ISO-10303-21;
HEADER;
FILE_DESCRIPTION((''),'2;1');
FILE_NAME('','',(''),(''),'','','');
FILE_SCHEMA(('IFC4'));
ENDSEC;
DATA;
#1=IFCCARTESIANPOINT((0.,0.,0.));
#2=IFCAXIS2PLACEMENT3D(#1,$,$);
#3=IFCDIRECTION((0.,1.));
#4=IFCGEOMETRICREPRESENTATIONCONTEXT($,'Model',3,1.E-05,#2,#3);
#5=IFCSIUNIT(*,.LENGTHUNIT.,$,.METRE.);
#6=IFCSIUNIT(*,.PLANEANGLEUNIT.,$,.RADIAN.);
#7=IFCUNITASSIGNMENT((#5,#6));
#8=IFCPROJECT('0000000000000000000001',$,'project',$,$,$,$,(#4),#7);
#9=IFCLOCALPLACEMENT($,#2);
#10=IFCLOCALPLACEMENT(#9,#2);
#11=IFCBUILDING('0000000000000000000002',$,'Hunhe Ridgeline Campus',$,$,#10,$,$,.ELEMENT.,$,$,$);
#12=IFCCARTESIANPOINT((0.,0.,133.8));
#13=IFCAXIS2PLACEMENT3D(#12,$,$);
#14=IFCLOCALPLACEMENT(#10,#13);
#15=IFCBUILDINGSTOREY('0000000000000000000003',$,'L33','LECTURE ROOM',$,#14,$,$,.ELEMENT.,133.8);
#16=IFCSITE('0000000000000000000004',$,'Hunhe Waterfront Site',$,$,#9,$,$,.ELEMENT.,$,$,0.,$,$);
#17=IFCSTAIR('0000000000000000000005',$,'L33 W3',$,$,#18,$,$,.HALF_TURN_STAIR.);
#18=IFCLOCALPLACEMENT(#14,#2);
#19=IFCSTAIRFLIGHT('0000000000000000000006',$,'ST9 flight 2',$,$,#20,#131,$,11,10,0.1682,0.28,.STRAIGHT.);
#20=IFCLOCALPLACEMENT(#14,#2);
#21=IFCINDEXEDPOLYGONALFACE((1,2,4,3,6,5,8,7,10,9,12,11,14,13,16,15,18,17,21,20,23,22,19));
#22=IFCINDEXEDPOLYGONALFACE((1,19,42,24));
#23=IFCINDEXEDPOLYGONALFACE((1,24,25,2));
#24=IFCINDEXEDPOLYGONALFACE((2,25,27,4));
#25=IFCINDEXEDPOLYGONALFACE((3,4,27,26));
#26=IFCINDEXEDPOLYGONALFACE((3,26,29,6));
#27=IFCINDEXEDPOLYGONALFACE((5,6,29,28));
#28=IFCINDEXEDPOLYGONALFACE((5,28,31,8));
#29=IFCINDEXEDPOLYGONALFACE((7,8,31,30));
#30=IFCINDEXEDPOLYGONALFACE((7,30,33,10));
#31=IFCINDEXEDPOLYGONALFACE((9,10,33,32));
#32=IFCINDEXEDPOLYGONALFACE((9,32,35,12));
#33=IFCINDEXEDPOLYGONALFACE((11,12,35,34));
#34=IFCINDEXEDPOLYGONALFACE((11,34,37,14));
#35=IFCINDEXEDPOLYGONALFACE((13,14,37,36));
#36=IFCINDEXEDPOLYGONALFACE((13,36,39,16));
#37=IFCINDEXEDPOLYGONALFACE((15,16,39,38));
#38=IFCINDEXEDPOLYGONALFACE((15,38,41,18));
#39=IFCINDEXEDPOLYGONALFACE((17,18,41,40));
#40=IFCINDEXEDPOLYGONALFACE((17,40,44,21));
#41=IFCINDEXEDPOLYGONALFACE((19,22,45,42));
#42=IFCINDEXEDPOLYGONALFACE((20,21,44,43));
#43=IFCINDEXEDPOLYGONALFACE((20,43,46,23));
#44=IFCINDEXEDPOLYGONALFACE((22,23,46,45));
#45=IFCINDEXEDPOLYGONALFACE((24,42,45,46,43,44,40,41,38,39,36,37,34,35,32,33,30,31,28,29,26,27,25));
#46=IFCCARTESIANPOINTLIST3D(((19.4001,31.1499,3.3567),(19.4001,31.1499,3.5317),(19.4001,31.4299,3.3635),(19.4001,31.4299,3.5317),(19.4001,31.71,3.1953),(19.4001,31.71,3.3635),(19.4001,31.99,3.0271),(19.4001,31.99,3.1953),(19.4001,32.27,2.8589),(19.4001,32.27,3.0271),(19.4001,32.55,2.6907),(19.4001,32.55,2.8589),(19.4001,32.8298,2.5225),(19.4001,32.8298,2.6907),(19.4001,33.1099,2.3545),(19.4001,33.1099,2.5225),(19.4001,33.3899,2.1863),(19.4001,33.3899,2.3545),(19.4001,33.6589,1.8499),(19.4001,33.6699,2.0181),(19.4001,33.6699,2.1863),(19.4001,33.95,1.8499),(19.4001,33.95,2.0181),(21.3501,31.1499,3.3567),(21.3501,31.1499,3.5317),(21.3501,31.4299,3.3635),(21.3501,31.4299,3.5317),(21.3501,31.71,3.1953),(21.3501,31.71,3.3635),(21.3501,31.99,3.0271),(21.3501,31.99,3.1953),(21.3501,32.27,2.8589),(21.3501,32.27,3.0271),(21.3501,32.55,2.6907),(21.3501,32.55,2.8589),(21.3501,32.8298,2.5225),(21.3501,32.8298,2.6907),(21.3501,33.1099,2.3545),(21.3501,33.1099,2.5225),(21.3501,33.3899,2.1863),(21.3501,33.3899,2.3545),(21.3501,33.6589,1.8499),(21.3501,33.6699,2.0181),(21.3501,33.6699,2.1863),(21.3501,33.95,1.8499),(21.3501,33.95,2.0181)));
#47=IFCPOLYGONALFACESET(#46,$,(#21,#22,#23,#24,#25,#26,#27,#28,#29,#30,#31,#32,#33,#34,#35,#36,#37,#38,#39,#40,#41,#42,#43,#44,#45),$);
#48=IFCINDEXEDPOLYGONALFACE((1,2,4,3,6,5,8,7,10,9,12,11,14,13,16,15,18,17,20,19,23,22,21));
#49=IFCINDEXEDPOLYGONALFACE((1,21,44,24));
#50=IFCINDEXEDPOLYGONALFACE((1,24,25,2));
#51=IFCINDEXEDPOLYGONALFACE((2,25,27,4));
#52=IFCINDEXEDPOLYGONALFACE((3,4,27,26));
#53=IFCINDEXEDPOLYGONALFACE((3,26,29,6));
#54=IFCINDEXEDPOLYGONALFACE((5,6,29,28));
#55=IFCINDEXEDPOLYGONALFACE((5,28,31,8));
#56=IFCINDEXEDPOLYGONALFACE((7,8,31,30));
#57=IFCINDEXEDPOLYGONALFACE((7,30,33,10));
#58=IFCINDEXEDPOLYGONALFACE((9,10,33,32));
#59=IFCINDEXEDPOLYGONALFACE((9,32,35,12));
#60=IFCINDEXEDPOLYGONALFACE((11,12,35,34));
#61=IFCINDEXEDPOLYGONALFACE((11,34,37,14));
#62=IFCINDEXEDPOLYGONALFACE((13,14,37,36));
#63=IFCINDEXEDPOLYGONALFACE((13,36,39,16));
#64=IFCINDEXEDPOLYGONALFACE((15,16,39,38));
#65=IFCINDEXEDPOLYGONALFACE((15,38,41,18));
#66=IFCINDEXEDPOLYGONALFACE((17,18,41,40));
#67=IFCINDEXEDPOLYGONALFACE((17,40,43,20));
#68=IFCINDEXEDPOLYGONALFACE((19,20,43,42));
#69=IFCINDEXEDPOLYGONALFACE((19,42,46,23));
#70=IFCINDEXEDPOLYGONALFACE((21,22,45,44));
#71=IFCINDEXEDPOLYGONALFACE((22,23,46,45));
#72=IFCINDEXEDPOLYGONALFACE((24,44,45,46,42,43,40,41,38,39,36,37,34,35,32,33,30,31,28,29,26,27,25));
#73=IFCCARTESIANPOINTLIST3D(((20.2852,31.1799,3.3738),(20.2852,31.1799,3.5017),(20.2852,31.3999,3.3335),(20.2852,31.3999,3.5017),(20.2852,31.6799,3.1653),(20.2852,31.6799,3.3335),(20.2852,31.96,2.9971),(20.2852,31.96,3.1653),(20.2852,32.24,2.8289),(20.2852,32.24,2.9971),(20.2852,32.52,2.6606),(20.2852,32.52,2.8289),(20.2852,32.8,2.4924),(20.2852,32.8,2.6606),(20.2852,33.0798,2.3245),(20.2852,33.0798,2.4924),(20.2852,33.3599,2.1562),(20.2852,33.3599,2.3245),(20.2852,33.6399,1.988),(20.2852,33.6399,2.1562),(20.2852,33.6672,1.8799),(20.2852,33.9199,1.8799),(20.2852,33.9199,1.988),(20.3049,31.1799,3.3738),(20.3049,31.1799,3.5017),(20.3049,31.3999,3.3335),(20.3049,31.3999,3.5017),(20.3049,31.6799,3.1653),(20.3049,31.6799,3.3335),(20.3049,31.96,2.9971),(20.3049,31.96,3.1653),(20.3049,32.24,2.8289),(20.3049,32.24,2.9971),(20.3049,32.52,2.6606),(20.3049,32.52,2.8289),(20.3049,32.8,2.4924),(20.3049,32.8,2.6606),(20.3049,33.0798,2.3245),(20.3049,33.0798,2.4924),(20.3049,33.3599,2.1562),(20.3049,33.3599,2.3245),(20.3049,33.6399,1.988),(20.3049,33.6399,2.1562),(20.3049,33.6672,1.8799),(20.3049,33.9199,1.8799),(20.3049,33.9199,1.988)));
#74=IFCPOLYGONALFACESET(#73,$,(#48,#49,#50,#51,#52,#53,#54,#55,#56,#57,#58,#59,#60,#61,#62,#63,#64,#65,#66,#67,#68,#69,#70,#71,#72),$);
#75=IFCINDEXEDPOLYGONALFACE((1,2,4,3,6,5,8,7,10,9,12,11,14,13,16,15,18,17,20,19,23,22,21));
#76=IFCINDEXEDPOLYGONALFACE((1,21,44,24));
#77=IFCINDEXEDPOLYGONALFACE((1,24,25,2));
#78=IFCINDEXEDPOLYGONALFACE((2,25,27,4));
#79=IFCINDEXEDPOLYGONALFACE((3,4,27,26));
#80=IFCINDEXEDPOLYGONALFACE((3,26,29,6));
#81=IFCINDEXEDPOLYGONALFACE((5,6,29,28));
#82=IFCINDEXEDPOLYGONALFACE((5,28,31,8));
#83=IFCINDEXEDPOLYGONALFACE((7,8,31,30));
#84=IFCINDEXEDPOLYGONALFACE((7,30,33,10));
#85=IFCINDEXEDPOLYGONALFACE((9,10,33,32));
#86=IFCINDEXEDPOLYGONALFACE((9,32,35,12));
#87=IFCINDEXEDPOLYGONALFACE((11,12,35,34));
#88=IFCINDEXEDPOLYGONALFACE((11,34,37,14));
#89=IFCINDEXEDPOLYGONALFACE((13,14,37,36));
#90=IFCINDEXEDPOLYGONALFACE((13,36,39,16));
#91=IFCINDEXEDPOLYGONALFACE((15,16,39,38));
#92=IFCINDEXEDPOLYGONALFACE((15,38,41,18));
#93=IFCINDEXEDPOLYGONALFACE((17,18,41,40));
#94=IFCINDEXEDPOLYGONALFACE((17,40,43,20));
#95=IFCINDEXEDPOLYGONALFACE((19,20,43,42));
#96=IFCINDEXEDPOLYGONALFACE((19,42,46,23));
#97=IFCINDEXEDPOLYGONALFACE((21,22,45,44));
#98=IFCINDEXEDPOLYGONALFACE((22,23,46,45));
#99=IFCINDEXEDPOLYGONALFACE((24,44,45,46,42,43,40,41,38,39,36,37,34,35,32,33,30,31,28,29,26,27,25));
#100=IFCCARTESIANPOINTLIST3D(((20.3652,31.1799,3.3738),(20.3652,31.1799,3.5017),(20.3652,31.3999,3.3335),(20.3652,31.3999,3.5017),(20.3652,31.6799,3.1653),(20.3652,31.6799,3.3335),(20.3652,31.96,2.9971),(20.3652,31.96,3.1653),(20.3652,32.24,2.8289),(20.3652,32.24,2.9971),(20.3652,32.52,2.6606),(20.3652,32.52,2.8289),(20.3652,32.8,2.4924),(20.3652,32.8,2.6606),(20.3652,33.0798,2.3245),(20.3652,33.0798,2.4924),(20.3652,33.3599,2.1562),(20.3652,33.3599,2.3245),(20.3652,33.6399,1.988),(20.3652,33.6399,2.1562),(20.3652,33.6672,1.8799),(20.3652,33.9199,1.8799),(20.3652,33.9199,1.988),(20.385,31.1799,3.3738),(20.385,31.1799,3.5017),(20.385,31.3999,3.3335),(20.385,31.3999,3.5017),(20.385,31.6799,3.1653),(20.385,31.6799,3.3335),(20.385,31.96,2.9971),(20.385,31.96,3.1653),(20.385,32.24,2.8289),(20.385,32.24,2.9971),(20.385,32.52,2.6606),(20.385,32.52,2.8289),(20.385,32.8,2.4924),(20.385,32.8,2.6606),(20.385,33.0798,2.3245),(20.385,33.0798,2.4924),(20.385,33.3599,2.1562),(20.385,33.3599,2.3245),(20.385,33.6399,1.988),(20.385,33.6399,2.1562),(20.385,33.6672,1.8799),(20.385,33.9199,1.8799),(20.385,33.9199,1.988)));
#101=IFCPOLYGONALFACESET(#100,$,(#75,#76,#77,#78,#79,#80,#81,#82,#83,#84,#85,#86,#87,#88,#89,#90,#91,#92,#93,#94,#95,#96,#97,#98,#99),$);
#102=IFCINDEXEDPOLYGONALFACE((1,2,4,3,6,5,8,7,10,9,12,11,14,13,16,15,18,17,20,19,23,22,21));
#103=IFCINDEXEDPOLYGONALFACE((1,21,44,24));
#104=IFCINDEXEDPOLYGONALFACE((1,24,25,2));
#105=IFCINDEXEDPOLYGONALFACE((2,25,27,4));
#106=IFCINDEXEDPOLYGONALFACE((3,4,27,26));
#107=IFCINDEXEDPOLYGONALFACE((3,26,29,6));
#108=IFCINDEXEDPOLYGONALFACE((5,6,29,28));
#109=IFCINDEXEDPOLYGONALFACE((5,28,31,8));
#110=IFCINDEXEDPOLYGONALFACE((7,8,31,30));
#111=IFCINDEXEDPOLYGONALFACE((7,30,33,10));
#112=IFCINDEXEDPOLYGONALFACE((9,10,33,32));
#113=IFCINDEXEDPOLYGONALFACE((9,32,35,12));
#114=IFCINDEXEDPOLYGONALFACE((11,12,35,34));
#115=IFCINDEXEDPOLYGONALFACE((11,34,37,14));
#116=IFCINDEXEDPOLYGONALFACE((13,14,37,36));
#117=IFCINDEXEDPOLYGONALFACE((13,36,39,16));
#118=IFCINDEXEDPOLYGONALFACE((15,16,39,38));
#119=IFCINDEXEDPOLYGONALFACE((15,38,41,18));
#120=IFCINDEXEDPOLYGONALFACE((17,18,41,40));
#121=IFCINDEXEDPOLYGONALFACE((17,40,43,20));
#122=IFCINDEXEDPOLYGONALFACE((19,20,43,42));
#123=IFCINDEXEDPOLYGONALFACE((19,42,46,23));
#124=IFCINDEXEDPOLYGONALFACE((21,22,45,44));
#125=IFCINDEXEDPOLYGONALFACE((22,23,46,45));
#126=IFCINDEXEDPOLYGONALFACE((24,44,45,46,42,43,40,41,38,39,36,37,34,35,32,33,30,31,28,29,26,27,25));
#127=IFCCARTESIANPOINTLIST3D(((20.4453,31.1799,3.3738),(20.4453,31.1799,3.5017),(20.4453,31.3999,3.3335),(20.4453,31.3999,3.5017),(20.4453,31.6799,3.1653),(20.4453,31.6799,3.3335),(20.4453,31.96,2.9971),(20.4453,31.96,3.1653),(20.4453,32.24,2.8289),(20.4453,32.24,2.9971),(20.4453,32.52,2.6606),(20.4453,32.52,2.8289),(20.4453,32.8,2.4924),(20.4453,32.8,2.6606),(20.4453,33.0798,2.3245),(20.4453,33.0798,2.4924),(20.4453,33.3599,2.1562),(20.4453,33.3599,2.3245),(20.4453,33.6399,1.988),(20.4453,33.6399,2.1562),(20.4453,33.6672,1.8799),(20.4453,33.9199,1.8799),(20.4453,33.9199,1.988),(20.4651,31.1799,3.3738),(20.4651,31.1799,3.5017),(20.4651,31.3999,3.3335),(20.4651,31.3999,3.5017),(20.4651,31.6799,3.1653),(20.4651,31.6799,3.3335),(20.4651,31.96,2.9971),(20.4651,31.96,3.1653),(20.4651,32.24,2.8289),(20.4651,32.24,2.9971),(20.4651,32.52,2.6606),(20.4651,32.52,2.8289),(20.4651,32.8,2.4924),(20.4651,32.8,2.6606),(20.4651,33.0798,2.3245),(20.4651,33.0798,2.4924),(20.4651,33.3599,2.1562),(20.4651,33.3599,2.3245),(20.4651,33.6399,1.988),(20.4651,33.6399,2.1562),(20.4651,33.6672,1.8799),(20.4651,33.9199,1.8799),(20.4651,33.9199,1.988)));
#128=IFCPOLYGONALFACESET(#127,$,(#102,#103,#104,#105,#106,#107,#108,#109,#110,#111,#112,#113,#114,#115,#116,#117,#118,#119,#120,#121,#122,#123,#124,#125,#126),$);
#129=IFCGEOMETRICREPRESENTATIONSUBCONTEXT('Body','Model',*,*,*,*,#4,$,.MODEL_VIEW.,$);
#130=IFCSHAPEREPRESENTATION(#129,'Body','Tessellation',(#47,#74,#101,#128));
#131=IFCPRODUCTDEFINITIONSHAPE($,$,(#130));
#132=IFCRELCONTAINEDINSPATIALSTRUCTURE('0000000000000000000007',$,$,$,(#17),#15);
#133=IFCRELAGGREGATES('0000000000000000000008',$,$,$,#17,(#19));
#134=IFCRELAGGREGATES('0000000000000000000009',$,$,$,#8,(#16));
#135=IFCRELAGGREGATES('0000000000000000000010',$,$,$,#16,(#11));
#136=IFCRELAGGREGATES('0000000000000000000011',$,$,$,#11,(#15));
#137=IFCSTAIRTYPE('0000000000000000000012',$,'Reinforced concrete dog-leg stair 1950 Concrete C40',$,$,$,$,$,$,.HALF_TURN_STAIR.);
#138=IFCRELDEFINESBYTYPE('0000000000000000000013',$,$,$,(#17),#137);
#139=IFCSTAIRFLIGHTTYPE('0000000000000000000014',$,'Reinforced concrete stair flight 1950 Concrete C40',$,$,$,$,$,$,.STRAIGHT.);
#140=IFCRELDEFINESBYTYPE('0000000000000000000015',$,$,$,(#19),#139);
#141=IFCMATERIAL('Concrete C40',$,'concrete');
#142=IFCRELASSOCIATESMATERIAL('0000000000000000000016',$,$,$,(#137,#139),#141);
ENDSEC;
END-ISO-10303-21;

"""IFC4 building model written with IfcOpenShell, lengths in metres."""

from ifc_helpers import new_model, si_unit, direction, frame, origin, place, context, subcontext, project, spatial, polyline, outline, extrude, material, type_object, element, aggregate, save


model = new_model("IFC4")

# Units and contexts
model_context = context("Model", 3, precision=1e-05, world=origin(), true_north=direction((0.0, 1.0)))
body_context = subcontext(model_context, "Body", "Model", "MODEL_VIEW")
ifc_project = project(units=[si_unit("LENGTHUNIT", "METRE"), si_unit("PLANEANGLEUNIT", "RADIAN")], contexts=[model_context])

# Site, building, storey
site_placement = place(None, origin())
site = spatial("IfcSite", under=ifc_project, at=site_placement, Name="Hunhe Waterfront Site", CompositionType="ELEMENT", RefElevation=0.0)
building_placement = place(site_placement, origin())
building = spatial("IfcBuilding", under=site, at=building_placement, Name="Hunhe Ridgeline Campus", CompositionType="ELEMENT")
storey_placement = place(building_placement, frame((0.0, 0.0, 133.8)))
storey = spatial("IfcBuildingStorey", under=building, at=storey_placement, Name="L33", Description="LECTURE ROOM", CompositionType="ELEMENT", Elevation=133.8)

# Stair, stair flight
ifc_material_1 = material(Name="Concrete C40", Category="concrete")
stair_type = type_object("IfcStairType", Name="Reinforced concrete dog-leg stair 1950 Concrete C40", PredefinedType="HALF_TURN_STAIR", material=ifc_material_1)
stair_placement = place(storey_placement, origin())
stair = element("IfcStair", 1, at=stair_placement, inside=storey, type_object=stair_type, Name="L33 W3", PredefinedType="HALF_TURN_STAIR")
stair_flight_type = type_object("IfcStairFlightType", Name="Reinforced concrete stair flight 1950 Concrete C40", PredefinedType="STRAIGHT", material=ifc_material_1)
stair_flight_1_placement = place(storey_placement, frame((20.375, 33.95, 1.8499), z_axis=(0.0, 0.0, 1.0), x_axis=(0.0, -1.0, 0.0)))
stair_flight_1 = element("IfcStairFlight", 2, at=stair_flight_1_placement, type_object=stair_flight_type, Name="ST9 flight 2", NumberOfRisers=11, NumberOfTreads=10, PredefinedType="STRAIGHT", RiserHeight=0.1682, TreadLength=0.28, context=body_context, shape_type="SweptSolid", body=[
    extrude(outline(polyline([(0.0, 0.0), (0.0, 0.1682), (0.28, 0.1682), (0.28, 0.3364), (0.5601, 0.3364), (0.5601, 0.5046), (0.8401, 0.5046), (0.8401, 0.6726), (1.1201, 0.6726), (1.1201, 0.8408), (1.3999, 0.8408), (1.3999, 1.009), (1.6799, 1.009), (1.6799, 1.1772), (1.96, 1.1772), (1.96, 1.3455), (2.24, 1.3455), (2.24, 1.5137), (2.52, 1.5137), (2.52, 1.6819), (2.8, 1.6819), (2.8, 1.8501), (2.8, 1.5068), (0.291, 0.0), (0.0, 0.0)])), frame((0.0, 0.9751, 0.0), z_axis=(0.0, -1.0, 0.0), x_axis=(1.0, 0.0, 0.0)), (0.0, 0.0, 1.0), 1.95),
    extrude(outline(polyline([(0.03, 0.03), (0.03, 0.1382), (0.3101, 0.1382), (0.3101, 0.3064), (0.5901, 0.3064), (0.5901, 0.4746), (0.8701, 0.4746), (0.8701, 0.6426), (1.1499, 0.6426), (1.1499, 0.8108), (1.4299, 0.8108), (1.4299, 0.979), (1.71, 0.979), (1.71, 1.1472), (1.99, 1.1472), (1.99, 1.3154), (2.27, 1.3154), (2.27, 1.4836), (2.55, 1.4836), (2.55, 1.6519), (2.77, 1.6519), (2.77, 1.5239), (0.2827, 0.03), (0.03, 0.03)])), frame((0.0, -0.0701, 0.0), z_axis=(0.0, -1.0, 0.0), x_axis=(1.0, 0.0, 0.0)), (0.0, 0.0, 1.0), 0.0198),
    extrude(outline(polyline([(0.03, 0.03), (0.03, 0.1382), (0.3101, 0.1382), (0.3101, 0.3064), (0.5901, 0.3064), (0.5901, 0.4746), (0.8701, 0.4746), (0.8701, 0.6426), (1.1499, 0.6426), (1.1499, 0.8108), (1.4299, 0.8108), (1.4299, 0.979), (1.71, 0.979), (1.71, 1.1472), (1.99, 1.1472), (1.99, 1.3154), (2.27, 1.3154), (2.27, 1.4836), (2.55, 1.4836), (2.55, 1.6519), (2.77, 1.6519), (2.77, 1.5239), (0.2827, 0.03), (0.03, 0.03)])), frame((0.0, 0.01, 0.0), z_axis=(0.0, -1.0, 0.0), x_axis=(1.0, 0.0, 0.0)), (0.0, 0.0, 1.0), 0.0198),
    extrude(outline(polyline([(0.03, 0.03), (0.03, 0.1382), (0.3101, 0.1382), (0.3101, 0.3064), (0.5901, 0.3064), (0.5901, 0.4746), (0.8701, 0.4746), (0.8701, 0.6426), (1.1499, 0.6426), (1.1499, 0.8108), (1.4299, 0.8108), (1.4299, 0.979), (1.71, 0.979), (1.71, 1.1472), (1.99, 1.1472), (1.99, 1.3154), (2.27, 1.3154), (2.27, 1.4836), (2.55, 1.4836), (2.55, 1.6519), (2.77, 1.6519), (2.77, 1.5239), (0.2827, 0.03), (0.03, 0.03)])), frame((0.0, 0.0901, 0.0), z_axis=(0.0, -1.0, 0.0), x_axis=(1.0, 0.0, 0.0)), (0.0, 0.0, 1.0), 0.0198),
])
aggregate(stair, [stair_flight_1])

save(model, "model.ifc")
